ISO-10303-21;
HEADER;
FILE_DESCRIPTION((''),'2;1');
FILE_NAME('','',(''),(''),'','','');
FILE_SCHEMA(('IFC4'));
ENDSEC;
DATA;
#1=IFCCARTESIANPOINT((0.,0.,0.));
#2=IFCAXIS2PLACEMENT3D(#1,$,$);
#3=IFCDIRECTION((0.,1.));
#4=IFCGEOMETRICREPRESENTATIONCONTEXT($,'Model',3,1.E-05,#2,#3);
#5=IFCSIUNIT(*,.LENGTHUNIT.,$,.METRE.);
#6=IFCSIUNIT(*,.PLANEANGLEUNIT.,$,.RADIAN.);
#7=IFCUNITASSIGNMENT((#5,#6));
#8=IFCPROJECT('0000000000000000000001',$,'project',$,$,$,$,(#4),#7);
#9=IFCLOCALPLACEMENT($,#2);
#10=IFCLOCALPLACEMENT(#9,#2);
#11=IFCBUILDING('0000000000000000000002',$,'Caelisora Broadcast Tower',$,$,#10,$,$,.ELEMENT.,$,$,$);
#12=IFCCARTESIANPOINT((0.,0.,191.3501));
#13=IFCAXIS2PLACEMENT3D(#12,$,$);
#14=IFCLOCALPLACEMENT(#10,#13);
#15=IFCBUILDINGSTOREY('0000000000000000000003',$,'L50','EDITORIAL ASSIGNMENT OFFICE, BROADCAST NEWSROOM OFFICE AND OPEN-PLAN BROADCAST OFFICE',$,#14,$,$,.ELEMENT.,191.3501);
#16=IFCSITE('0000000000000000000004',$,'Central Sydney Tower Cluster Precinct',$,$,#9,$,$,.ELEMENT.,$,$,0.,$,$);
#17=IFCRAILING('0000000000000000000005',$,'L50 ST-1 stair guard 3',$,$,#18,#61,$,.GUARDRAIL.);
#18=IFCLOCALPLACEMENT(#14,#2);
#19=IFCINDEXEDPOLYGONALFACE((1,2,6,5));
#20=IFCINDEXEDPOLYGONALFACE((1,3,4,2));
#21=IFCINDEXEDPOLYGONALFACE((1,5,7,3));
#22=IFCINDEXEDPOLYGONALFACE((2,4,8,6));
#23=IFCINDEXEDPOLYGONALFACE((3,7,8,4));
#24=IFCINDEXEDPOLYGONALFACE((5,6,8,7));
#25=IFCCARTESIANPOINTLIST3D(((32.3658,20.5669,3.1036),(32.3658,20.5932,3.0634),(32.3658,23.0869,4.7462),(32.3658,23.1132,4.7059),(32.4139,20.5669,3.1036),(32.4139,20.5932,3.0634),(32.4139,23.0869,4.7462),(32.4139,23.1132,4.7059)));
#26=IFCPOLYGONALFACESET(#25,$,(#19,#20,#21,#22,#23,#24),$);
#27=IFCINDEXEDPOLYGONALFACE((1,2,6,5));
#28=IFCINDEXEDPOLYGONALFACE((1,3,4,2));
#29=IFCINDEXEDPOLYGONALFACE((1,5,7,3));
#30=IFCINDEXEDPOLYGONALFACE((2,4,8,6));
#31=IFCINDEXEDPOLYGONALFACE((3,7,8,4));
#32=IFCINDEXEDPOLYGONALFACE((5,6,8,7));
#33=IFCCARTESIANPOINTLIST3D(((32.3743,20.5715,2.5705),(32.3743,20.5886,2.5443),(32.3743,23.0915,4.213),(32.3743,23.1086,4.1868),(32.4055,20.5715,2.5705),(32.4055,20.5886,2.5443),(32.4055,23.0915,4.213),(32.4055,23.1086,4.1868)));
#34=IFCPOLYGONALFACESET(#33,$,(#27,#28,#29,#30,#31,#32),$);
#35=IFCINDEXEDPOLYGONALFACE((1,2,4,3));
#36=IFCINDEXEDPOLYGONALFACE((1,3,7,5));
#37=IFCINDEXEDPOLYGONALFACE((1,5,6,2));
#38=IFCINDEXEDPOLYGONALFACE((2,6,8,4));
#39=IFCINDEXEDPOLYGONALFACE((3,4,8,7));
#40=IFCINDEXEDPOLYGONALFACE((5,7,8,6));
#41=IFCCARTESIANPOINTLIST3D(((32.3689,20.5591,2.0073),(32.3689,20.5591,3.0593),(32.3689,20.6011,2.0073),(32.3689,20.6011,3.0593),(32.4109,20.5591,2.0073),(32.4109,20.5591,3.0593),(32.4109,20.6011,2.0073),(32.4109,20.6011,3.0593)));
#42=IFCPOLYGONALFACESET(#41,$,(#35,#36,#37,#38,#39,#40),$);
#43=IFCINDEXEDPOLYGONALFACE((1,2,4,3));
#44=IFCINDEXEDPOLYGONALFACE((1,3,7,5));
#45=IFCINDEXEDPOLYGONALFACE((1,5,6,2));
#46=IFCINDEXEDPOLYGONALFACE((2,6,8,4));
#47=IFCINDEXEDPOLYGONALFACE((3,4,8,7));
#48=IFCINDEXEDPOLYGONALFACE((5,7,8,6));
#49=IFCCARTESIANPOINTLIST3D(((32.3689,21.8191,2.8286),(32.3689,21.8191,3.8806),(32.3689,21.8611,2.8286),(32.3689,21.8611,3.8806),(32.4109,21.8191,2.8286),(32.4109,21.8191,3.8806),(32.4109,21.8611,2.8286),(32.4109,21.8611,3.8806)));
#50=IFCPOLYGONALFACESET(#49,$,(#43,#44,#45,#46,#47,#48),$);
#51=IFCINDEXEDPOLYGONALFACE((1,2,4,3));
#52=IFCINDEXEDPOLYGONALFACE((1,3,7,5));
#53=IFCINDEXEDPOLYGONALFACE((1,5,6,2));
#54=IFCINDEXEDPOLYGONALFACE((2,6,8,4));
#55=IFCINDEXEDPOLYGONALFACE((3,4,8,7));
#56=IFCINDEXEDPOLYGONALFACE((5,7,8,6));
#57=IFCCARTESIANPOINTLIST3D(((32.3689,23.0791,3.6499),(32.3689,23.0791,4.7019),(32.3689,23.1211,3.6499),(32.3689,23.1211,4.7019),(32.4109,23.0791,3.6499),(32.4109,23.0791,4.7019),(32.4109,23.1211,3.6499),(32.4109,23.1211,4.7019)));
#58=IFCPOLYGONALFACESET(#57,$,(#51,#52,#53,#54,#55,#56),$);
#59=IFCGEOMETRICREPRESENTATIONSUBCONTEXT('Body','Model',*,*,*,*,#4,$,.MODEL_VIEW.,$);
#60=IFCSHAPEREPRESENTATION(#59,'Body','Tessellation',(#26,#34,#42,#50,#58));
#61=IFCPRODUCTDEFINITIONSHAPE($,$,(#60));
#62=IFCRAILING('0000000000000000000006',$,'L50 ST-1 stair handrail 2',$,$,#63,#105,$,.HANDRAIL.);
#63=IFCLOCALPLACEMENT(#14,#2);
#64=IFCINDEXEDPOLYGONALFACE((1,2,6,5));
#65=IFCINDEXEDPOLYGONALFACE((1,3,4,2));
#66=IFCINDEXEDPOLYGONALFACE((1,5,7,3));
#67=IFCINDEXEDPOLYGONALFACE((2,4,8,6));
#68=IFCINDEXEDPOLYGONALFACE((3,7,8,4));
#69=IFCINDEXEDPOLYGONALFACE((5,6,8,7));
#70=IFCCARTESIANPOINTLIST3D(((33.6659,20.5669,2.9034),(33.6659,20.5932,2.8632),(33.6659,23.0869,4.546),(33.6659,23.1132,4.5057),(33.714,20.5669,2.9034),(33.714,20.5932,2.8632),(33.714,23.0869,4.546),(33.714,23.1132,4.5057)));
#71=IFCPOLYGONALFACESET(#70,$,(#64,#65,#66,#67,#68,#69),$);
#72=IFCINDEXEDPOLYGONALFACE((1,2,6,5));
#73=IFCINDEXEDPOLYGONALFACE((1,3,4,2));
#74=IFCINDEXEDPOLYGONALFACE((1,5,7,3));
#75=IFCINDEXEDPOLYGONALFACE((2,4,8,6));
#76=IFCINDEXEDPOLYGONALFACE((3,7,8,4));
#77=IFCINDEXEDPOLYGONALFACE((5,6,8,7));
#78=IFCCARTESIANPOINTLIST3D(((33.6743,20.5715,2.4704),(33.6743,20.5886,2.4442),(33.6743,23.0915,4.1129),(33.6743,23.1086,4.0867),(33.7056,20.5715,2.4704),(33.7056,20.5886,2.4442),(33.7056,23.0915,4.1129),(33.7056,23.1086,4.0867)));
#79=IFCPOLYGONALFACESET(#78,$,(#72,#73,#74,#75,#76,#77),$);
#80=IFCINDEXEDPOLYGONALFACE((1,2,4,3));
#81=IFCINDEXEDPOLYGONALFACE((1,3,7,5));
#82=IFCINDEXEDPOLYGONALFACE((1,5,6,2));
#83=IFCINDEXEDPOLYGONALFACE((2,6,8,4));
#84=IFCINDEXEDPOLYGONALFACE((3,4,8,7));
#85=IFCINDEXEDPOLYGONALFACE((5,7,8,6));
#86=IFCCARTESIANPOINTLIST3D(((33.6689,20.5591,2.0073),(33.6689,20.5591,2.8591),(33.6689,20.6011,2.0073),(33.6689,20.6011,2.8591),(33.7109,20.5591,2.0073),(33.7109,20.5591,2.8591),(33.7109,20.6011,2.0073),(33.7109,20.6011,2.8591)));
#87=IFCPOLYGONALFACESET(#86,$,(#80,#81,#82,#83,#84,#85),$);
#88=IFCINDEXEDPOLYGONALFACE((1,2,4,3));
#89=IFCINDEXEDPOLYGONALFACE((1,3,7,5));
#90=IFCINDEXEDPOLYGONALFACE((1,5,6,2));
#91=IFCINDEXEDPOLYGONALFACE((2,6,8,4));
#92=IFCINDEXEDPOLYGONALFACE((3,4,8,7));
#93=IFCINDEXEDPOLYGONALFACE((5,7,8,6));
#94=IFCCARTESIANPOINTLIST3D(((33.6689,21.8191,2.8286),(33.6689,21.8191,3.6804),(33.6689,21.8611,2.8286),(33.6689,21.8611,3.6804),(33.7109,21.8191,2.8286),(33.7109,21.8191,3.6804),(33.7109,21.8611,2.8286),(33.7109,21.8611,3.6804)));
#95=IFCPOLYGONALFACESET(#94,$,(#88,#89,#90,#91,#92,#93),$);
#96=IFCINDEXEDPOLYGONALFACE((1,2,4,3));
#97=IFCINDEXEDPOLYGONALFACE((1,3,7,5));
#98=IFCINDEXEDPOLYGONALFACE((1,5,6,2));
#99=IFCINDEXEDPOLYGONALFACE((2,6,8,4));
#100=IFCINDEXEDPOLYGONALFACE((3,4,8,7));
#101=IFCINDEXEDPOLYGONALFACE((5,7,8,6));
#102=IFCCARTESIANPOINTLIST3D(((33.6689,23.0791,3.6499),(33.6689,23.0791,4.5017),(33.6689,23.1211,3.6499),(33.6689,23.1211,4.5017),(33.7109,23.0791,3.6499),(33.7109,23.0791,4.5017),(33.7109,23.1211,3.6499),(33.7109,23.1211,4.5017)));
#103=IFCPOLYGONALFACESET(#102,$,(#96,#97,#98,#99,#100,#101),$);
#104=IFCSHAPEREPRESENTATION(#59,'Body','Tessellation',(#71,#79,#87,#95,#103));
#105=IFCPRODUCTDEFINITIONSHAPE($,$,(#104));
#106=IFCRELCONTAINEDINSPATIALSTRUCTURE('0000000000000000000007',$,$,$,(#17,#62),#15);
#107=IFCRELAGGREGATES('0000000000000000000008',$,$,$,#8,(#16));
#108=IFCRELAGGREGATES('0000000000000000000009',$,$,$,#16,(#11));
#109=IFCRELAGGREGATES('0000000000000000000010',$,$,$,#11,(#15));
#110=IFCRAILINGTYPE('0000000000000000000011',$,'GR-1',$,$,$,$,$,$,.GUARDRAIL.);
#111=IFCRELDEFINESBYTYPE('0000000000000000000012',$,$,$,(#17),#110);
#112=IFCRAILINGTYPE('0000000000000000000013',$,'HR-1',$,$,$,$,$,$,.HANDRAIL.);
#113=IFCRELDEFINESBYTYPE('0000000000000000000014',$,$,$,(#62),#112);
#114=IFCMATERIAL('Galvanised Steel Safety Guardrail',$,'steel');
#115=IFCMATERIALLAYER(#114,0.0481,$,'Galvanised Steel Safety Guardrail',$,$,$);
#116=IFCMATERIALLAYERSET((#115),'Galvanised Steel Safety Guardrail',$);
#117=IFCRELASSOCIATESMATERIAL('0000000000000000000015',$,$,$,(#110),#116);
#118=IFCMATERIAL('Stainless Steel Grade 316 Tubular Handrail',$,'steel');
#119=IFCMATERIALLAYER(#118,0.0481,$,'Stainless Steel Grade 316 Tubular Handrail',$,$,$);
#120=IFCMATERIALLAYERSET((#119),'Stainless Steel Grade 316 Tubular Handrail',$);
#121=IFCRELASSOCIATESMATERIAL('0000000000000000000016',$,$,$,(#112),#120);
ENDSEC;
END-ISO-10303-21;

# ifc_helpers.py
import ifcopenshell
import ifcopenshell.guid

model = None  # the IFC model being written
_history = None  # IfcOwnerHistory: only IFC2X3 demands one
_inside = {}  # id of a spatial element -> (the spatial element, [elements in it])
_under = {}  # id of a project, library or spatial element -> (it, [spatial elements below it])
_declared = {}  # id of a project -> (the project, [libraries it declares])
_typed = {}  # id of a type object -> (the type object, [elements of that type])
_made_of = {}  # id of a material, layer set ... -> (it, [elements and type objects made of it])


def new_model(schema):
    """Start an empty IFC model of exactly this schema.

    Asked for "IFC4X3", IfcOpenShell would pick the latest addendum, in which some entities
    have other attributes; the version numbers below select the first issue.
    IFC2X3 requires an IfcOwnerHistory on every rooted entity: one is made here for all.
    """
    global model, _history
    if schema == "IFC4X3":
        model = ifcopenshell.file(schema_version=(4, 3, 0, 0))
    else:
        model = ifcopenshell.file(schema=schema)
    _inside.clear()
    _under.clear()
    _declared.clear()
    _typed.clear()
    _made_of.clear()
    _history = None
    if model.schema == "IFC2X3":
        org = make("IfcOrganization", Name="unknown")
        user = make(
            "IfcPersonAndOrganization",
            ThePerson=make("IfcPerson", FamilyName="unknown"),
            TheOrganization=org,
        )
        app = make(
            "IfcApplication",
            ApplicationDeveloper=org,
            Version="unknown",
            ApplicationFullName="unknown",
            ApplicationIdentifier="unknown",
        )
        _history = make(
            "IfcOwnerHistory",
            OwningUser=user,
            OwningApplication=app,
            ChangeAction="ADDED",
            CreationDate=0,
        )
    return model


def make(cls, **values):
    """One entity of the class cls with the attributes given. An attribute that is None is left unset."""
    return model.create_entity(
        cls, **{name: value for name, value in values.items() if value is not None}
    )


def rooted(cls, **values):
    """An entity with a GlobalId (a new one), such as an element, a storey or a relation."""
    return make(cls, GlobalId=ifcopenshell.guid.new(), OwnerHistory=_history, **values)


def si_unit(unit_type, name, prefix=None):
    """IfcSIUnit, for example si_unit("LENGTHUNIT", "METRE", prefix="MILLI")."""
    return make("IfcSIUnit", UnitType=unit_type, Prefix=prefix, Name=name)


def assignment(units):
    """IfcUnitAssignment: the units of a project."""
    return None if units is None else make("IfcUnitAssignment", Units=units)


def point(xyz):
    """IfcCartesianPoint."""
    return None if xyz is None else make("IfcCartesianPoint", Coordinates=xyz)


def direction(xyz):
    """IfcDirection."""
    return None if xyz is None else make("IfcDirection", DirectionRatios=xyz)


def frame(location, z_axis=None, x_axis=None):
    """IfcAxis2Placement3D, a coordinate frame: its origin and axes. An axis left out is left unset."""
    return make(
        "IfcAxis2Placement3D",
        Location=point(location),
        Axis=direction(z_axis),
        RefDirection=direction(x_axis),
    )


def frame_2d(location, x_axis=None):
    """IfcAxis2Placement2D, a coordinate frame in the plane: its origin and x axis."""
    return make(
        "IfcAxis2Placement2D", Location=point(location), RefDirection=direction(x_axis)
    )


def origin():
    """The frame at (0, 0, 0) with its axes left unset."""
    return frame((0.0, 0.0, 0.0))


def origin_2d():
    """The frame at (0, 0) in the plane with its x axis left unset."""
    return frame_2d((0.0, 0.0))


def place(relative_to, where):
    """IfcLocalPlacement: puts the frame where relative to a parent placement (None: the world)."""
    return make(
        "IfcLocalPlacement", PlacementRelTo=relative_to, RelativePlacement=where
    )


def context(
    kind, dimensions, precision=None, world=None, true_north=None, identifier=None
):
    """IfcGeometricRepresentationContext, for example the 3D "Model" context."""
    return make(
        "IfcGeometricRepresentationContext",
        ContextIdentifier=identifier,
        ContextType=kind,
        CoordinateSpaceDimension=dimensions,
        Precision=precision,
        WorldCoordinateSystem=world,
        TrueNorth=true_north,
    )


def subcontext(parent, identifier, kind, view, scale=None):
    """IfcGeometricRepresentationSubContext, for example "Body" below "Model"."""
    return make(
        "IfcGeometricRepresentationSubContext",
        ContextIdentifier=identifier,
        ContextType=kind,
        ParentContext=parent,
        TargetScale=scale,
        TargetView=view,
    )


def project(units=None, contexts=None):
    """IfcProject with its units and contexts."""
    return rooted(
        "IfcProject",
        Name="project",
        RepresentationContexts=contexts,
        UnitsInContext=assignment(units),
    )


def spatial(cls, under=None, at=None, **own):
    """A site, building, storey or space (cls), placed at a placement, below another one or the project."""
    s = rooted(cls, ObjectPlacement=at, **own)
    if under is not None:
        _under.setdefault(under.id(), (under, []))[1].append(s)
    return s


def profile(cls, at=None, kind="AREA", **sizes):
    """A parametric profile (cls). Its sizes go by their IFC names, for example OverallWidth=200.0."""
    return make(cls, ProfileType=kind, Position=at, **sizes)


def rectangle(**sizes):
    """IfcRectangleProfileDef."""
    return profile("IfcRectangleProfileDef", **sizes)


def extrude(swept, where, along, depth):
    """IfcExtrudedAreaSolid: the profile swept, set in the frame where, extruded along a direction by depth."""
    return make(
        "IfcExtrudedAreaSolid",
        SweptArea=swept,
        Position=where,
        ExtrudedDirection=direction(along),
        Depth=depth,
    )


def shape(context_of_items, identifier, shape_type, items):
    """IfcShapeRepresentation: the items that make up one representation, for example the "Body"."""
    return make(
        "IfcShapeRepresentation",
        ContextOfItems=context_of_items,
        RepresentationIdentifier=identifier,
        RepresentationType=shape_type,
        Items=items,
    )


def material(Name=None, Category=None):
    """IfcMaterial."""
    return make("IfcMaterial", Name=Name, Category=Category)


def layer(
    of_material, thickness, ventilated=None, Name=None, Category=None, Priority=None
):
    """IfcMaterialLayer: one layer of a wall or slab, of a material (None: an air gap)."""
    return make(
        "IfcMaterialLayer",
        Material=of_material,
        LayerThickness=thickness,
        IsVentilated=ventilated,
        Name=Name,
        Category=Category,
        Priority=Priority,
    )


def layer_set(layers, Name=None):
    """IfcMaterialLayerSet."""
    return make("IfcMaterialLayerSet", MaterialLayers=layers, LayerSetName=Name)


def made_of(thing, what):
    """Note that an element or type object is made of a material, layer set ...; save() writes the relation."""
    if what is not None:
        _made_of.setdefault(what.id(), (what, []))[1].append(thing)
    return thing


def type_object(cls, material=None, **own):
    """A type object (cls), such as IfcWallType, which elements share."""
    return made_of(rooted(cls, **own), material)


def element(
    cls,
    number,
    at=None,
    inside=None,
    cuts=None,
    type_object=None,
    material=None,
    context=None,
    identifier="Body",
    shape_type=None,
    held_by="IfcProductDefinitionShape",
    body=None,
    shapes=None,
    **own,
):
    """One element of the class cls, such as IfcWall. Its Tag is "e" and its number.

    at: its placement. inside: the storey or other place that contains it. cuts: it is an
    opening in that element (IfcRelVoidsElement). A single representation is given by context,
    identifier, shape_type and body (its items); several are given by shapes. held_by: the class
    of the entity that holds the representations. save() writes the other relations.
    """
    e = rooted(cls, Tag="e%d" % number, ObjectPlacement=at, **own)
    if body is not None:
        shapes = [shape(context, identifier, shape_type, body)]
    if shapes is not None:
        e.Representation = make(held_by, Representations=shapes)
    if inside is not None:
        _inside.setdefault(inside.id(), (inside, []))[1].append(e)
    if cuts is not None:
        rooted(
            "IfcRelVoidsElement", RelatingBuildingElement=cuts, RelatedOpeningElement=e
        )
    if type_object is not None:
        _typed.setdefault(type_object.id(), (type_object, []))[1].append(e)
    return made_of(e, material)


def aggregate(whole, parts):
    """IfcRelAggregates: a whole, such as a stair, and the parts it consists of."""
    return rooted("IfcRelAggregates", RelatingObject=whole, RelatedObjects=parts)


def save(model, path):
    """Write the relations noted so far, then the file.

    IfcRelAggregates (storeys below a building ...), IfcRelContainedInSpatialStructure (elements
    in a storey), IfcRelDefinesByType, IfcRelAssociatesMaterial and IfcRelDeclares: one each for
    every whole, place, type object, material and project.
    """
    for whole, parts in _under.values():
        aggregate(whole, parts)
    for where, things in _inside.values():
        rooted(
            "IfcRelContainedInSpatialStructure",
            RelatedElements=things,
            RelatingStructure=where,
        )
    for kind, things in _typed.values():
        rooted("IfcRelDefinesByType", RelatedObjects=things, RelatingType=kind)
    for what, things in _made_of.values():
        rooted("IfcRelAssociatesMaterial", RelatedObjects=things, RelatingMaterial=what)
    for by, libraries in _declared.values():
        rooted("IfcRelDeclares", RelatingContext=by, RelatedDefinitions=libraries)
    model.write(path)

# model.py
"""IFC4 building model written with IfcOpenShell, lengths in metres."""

from ifc_helpers import new_model, si_unit, direction, frame, origin, origin_2d, place, context, subcontext, project, spatial, rectangle, extrude, material, layer, layer_set, type_object, element, save


model = new_model("IFC4")

# Units and contexts
model_context = context("Model", 3, precision=1e-05, world=origin(), true_north=direction((0.0, 1.0)))
body_context = subcontext(model_context, "Body", "Model", "MODEL_VIEW")
ifc_project = project(units=[si_unit("LENGTHUNIT", "METRE"), si_unit("PLANEANGLEUNIT", "RADIAN")], contexts=[model_context])

# Site, building, storey
site_placement = place(None, origin())
site = spatial("IfcSite", under=ifc_project, at=site_placement, Name="Central Sydney Tower Cluster Precinct", CompositionType="ELEMENT", RefElevation=0.0)
building_placement = place(site_placement, origin())
building = spatial("IfcBuilding", under=site, at=building_placement, Name="Caelisora Broadcast Tower", CompositionType="ELEMENT")
storey_placement = place(building_placement, frame((0.0, 0.0, 191.3501)))
storey = spatial("IfcBuildingStorey", under=building, at=storey_placement, Name="L50", Description="EDITORIAL ASSIGNMENT OFFICE, BROADCAST NEWSROOM OFFICE AND OPEN-PLAN BROADCAST OFFICE", CompositionType="ELEMENT", Elevation=191.3501)

# Railings
ifc_material_1 = material(Name="Galvanised Steel Safety Guardrail", Category="steel")
ifc_layer_1 = layer(ifc_material_1, 0.0481, Name="Galvanised Steel Safety Guardrail")
ifc_layer_set_1 = layer_set([ifc_layer_1], Name="Galvanised Steel Safety Guardrail")
railing_type_1 = type_object("IfcRailingType", Name="GR-1", PredefinedType="GUARDRAIL", material=ifc_layer_set_1)
railing_1_placement = place(storey_placement, frame((32.3899, 20.5801, 2.0073)))
element("IfcRailing", 1, at=railing_1_placement, inside=storey, type_object=railing_type_1, Name="L50 ST-1 stair guard 3", PredefinedType="GUARDRAIL", context=body_context, shape_type="SweptSolid", body=[
    extrude(rectangle(XDim=0.0481, YDim=0.0481, at=origin_2d()), frame((0.0, 0.0, 1.0762), z_axis=(0.0, 0.837749, 0.546055), x_axis=(-1.0, 0.0, 0.0)), (0.0, 0.0, 1.0), 3.0081),
    extrude(rectangle(XDim=0.0312, YDim=0.0312, at=origin_2d()), frame((0.0, 0.0, 0.55), z_axis=(0.0, 0.837749, 0.546055), x_axis=(-1.0, 0.0, 0.0)), (0.0, 0.0, 1.0), 3.0081),
    extrude(rectangle(XDim=0.042, YDim=0.042, at=origin_2d()), origin(), (0.0, 0.0, 1.0), 1.052),
    extrude(rectangle(XDim=0.042, YDim=0.042, at=origin_2d()), frame((0.0, 1.26, 0.8213)), (0.0, 0.0, 1.0), 1.052),
    extrude(rectangle(XDim=0.042, YDim=0.042, at=origin_2d()), frame((0.0, 2.52, 1.6426)), (0.0, 0.0, 1.0), 1.052),
])
ifc_material_2 = material(Name="Stainless Steel Grade 316 Tubular Handrail", Category="steel")
ifc_layer_2 = layer(ifc_material_2, 0.0481, Name="Stainless Steel Grade 316 Tubular Handrail")
ifc_layer_set_2 = layer_set([ifc_layer_2], Name="Stainless Steel Grade 316 Tubular Handrail")
railing_type_2 = type_object("IfcRailingType", Name="HR-1", PredefinedType="HANDRAIL", material=ifc_layer_set_2)
railing_2_placement = place(storey_placement, frame((33.6899, 20.5801, 2.0073)))
element("IfcRailing", 2, at=railing_2_placement, inside=storey, type_object=railing_type_2, Name="L50 ST-1 stair handrail 2", PredefinedType="HANDRAIL", context=body_context, shape_type="SweptSolid", body=[
    extrude(rectangle(XDim=0.0481, YDim=0.0481, at=origin_2d()), frame((0.0, 0.0, 0.876), z_axis=(0.0, 0.837749, 0.546055), x_axis=(-1.0, 0.0, 0.0)), (0.0, 0.0, 1.0), 3.0081),
    extrude(rectangle(XDim=0.0312, YDim=0.0312, at=origin_2d()), frame((0.0, 0.0, 0.45), z_axis=(0.0, 0.837749, 0.546055), x_axis=(-1.0, 0.0, 0.0)), (0.0, 0.0, 1.0), 3.0081),
    extrude(rectangle(XDim=0.042, YDim=0.042, at=origin_2d()), origin(), (0.0, 0.0, 1.0), 0.8518),
    extrude(rectangle(XDim=0.042, YDim=0.042, at=origin_2d()), frame((0.0, 1.26, 0.8213)), (0.0, 0.0, 1.0), 0.8518),
    extrude(rectangle(XDim=0.042, YDim=0.042, at=origin_2d()), frame((0.0, 2.52, 1.6426)), (0.0, 0.0, 1.0), 0.8518),
])

save(model, "model.ifc")
